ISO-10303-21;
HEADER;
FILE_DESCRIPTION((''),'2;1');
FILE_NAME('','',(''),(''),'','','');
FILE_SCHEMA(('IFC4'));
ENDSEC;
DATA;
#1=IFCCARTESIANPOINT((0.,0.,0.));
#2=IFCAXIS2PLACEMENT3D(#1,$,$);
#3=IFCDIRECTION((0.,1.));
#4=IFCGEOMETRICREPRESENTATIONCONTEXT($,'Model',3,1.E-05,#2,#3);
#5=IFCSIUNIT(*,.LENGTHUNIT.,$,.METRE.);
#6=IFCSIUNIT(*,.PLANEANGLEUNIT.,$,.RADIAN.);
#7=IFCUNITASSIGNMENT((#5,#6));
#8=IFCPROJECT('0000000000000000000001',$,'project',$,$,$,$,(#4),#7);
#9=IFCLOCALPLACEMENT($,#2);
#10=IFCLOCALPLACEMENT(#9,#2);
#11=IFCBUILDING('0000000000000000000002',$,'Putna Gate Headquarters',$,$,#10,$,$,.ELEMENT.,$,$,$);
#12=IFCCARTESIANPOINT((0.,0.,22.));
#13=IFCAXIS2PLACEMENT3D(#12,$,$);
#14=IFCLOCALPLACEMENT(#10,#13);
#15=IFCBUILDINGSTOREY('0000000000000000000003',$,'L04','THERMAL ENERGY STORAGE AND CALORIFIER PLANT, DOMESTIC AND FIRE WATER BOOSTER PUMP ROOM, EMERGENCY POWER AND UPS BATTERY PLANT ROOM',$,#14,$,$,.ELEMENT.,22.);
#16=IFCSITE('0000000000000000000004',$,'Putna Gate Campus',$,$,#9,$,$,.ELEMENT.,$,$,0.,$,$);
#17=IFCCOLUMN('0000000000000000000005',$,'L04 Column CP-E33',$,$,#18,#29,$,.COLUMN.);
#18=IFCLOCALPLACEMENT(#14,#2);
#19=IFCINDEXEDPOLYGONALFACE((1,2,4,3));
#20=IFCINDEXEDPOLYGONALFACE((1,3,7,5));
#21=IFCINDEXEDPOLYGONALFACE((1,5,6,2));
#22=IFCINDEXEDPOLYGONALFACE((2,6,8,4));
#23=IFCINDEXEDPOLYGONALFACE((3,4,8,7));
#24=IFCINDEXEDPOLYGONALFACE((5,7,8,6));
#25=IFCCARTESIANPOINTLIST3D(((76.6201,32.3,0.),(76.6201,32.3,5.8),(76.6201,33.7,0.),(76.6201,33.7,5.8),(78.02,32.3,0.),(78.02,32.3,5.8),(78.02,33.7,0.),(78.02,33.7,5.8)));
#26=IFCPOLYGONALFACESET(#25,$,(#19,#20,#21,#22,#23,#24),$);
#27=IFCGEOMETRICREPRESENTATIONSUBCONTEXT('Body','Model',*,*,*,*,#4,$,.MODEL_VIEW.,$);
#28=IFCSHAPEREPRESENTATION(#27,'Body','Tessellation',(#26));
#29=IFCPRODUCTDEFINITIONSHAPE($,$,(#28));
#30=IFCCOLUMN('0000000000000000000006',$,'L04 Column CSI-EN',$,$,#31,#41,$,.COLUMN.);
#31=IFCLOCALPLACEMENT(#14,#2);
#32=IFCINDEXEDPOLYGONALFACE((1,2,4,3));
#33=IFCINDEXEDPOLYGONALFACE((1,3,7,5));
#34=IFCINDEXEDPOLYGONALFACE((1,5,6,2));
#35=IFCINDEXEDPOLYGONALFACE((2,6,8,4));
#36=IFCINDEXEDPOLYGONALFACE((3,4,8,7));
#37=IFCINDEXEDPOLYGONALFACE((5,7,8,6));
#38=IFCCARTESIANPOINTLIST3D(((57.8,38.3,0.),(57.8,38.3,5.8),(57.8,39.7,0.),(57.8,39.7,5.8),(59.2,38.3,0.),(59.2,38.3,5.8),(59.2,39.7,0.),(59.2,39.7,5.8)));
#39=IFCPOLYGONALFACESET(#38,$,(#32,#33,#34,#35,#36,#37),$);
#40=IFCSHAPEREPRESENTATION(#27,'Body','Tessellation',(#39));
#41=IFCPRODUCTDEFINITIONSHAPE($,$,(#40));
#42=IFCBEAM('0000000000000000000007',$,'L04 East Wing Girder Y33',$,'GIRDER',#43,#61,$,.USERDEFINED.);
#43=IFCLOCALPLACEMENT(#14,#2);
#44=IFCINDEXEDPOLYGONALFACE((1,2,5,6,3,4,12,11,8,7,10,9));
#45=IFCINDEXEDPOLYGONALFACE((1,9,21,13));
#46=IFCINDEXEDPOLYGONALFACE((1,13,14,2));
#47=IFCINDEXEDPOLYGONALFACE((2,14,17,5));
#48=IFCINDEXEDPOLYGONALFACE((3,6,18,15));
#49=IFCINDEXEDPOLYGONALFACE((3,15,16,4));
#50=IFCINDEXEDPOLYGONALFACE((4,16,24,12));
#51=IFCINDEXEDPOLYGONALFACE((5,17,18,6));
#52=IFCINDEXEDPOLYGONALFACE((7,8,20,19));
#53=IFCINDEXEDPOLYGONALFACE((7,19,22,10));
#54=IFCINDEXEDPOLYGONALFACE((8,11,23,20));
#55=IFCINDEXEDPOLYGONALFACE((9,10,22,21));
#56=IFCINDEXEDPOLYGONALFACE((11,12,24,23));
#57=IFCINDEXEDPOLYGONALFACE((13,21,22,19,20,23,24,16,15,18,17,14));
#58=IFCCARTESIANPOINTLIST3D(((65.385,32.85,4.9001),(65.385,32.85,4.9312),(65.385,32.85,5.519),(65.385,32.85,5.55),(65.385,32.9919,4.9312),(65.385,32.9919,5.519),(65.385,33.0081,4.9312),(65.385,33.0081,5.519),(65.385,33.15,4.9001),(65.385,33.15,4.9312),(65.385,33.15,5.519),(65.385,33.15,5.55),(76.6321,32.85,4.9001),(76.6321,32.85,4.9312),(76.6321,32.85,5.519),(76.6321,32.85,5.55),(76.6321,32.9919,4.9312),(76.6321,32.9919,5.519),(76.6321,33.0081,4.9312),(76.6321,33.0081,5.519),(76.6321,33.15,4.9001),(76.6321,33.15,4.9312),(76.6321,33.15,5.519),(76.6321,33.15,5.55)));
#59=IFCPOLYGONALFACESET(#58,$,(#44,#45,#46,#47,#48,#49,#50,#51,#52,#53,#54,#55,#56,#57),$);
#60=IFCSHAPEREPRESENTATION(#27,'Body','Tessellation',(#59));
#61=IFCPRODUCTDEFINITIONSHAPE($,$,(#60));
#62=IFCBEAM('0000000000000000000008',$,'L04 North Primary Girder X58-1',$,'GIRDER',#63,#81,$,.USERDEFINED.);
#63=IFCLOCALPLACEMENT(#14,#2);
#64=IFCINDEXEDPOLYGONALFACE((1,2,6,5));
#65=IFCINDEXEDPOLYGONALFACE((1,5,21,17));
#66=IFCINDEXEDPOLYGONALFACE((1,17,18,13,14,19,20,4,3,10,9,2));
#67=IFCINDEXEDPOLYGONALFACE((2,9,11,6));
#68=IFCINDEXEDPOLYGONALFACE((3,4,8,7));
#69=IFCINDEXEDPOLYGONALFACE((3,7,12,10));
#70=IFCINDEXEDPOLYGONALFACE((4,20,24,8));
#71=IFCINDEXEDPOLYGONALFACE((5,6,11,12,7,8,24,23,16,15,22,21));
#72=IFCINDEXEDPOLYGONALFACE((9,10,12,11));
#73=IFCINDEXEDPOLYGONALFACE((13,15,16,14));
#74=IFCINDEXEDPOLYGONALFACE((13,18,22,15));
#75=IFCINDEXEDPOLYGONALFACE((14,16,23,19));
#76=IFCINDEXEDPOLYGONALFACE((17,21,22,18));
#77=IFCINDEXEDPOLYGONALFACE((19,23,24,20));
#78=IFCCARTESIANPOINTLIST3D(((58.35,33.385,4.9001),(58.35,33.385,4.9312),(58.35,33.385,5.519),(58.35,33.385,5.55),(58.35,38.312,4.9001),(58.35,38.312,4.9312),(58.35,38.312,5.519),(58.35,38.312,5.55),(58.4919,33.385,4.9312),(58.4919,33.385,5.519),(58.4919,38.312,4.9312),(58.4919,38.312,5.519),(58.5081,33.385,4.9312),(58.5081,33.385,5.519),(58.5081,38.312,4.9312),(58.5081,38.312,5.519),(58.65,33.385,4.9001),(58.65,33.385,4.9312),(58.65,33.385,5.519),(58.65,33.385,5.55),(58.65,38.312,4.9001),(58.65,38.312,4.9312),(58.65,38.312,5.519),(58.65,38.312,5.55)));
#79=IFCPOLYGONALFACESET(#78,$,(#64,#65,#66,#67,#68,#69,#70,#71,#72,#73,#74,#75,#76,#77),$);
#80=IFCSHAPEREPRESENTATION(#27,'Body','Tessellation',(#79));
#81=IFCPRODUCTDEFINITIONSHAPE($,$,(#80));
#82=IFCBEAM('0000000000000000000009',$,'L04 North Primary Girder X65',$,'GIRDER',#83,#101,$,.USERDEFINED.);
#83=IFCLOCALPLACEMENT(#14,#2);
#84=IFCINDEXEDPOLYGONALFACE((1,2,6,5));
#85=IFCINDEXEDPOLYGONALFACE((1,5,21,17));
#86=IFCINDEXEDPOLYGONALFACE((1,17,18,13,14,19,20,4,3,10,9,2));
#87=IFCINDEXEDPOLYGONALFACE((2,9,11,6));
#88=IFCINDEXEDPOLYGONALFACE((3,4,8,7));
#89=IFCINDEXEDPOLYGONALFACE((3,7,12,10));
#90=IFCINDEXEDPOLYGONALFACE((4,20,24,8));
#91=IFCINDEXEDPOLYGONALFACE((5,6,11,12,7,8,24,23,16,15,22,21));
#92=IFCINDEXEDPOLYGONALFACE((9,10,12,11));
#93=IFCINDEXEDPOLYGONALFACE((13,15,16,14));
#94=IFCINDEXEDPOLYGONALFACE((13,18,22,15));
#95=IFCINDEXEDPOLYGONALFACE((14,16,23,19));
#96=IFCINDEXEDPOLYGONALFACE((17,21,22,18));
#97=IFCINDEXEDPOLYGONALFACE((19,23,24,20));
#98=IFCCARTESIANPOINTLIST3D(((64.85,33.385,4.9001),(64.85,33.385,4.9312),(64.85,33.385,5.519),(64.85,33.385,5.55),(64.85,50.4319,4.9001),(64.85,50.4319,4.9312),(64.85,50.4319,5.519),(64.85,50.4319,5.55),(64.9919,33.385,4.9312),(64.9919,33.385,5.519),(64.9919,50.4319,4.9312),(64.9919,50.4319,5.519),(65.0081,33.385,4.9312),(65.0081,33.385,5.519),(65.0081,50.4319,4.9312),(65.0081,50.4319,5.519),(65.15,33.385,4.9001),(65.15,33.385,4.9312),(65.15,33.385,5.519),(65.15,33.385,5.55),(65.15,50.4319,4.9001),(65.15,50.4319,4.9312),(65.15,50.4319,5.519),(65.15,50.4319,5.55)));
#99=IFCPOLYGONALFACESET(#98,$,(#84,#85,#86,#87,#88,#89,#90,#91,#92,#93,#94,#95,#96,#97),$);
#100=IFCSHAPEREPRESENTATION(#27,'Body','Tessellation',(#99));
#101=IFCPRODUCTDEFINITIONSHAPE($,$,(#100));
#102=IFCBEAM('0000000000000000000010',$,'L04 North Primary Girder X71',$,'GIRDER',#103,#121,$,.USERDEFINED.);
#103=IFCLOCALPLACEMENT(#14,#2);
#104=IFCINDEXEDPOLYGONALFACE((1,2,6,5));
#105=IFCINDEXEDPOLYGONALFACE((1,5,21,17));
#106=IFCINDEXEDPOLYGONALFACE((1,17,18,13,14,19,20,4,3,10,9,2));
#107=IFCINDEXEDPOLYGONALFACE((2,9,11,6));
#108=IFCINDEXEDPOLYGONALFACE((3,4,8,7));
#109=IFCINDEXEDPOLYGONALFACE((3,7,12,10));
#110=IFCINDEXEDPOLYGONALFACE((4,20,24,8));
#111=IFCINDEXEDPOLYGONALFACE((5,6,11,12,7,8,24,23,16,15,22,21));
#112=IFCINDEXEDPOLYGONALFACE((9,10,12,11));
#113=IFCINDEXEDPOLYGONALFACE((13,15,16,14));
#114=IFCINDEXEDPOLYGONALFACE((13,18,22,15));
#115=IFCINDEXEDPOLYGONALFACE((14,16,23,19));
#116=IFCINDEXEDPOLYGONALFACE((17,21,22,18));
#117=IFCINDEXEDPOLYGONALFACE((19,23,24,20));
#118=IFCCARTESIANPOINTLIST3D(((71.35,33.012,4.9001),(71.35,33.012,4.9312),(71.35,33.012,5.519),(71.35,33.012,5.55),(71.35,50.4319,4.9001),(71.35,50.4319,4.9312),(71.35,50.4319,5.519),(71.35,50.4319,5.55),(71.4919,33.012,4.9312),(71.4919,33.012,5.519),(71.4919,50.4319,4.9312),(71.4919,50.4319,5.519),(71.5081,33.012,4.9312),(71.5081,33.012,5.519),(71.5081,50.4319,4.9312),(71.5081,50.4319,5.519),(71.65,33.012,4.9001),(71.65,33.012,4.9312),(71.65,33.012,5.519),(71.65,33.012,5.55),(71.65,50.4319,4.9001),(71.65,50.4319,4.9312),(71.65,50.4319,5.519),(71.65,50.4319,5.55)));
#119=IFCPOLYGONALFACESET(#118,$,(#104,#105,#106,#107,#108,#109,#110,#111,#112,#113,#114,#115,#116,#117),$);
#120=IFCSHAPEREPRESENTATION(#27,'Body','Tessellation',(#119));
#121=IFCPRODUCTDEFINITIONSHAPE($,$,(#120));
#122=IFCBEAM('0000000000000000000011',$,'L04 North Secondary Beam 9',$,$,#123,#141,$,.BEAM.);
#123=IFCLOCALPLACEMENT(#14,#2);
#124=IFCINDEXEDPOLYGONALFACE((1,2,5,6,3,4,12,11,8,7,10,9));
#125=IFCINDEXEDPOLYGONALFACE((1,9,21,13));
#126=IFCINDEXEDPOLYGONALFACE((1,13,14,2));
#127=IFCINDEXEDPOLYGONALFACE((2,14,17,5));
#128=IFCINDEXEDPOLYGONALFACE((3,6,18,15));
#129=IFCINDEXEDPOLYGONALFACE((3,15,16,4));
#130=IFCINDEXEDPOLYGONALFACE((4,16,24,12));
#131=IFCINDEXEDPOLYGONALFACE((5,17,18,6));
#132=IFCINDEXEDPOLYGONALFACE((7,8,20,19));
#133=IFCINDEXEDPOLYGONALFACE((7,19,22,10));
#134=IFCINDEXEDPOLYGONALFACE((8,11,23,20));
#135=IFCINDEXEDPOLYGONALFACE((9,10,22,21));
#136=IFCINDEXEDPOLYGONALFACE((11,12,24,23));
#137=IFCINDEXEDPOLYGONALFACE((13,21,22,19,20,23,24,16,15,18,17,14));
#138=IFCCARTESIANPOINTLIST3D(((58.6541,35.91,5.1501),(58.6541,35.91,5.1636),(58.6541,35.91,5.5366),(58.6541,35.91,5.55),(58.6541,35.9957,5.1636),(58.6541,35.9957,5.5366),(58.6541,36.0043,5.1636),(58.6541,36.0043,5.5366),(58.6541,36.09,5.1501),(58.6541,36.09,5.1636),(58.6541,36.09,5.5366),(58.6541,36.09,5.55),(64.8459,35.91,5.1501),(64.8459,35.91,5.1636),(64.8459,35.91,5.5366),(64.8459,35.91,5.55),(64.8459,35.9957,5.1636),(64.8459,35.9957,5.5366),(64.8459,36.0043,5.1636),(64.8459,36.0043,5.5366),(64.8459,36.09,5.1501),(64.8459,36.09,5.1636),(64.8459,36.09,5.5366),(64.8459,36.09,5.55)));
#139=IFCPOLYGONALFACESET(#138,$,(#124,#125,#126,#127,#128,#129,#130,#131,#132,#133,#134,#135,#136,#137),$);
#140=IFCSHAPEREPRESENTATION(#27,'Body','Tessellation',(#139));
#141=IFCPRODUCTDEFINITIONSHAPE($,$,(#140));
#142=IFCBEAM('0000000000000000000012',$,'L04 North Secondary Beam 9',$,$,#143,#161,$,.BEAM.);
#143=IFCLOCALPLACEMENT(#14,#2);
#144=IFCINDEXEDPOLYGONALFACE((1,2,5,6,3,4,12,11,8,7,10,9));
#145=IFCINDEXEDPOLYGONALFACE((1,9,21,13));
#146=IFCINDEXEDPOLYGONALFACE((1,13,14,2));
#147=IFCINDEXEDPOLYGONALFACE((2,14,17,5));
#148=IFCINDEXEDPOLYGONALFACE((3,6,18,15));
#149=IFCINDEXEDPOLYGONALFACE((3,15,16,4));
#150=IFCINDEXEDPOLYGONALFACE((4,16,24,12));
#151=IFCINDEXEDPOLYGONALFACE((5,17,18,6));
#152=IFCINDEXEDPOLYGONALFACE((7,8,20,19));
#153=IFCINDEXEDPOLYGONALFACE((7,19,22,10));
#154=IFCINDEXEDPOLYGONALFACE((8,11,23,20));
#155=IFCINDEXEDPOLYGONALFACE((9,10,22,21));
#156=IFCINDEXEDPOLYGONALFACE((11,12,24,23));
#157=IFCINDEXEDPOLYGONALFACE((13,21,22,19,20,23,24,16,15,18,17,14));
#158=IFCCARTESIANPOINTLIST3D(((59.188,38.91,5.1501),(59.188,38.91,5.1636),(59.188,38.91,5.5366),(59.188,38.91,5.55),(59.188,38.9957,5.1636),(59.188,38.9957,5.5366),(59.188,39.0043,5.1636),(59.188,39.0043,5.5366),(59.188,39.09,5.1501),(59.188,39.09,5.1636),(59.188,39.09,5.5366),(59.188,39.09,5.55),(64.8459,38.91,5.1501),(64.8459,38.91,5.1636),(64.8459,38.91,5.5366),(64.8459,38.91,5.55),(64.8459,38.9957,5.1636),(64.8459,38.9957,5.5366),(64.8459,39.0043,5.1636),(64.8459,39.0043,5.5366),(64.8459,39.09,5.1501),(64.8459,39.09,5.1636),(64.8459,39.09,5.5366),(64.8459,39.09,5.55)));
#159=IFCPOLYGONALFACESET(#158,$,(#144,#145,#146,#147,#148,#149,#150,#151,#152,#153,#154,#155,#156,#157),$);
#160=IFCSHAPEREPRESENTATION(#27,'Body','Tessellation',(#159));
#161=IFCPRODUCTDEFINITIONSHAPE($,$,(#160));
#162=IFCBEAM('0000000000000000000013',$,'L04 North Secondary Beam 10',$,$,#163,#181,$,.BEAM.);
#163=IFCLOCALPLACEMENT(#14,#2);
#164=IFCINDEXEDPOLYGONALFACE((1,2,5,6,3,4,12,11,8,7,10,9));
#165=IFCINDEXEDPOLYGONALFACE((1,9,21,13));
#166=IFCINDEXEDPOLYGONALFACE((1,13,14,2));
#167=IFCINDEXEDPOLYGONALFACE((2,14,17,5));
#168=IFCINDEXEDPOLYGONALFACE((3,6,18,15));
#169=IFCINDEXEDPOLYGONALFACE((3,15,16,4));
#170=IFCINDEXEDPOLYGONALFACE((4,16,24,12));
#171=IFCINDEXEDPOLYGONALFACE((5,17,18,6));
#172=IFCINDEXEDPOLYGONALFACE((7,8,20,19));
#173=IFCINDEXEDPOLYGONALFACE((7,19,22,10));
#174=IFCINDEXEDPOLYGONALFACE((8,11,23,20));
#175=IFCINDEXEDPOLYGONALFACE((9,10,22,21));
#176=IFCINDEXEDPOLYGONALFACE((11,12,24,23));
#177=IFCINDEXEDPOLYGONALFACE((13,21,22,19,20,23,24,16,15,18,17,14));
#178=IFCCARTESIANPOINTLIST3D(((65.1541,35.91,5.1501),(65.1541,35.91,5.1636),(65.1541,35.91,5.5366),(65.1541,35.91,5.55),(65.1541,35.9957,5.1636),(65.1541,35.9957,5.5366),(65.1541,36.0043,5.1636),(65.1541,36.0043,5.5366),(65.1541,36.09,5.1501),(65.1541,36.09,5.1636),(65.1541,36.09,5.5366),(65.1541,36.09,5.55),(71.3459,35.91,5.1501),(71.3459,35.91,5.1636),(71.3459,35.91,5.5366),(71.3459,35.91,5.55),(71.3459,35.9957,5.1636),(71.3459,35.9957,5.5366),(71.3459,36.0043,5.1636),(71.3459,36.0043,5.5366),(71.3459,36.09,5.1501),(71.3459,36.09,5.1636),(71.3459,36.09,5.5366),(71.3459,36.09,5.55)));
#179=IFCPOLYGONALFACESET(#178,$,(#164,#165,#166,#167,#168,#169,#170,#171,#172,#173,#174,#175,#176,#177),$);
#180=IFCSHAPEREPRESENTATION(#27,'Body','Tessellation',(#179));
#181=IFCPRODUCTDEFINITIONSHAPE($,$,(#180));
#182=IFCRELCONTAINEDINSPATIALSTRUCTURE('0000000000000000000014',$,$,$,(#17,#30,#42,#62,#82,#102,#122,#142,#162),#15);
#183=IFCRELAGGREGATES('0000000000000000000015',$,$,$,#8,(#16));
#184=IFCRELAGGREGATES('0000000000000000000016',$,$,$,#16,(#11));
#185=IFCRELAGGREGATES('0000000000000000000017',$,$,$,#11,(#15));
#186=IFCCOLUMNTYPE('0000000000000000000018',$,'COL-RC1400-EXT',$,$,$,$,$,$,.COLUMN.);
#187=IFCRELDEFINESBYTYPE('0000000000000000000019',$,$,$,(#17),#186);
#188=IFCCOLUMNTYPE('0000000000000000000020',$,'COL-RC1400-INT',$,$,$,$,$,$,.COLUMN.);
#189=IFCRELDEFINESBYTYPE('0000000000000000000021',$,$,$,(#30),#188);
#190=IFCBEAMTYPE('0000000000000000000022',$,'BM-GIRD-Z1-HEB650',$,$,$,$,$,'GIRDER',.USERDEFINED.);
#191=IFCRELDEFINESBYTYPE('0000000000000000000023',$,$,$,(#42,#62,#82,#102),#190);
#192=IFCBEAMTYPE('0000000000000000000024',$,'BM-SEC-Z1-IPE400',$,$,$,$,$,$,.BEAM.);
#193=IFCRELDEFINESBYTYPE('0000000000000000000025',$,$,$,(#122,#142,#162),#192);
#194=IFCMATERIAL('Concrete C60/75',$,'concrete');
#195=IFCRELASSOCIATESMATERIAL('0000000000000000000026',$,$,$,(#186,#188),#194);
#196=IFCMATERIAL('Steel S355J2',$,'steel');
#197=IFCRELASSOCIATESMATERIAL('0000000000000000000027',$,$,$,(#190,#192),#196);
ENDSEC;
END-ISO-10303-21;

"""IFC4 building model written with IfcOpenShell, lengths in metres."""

from ifc_helpers import new_model, si_unit, direction, frame, origin, origin_2d, place, context, subcontext, project, spatial, rectangle, i_section, extrude, material, material_profile, profile_set, type_object, element, save


model = new_model("IFC4")

# Units and contexts
model_context = context("Model", 3, precision=1e-05, world=origin(), true_north=direction((0.0, 1.0)))
body_context = subcontext(model_context, "Body", "Model", "MODEL_VIEW")
ifc_project = project(units=[si_unit("LENGTHUNIT", "METRE"), si_unit("PLANEANGLEUNIT", "RADIAN")], contexts=[model_context])

# Site, building, storey
site_placement = place(None, origin())
site = spatial("IfcSite", under=ifc_project, at=site_placement, Name="Putna Gate Campus", CompositionType="ELEMENT", RefElevation=0.0)
building_placement = place(site_placement, origin())
building = spatial("IfcBuilding", under=site, at=building_placement, Name="Putna Gate Headquarters", CompositionType="ELEMENT")
storey_placement = place(building_placement, frame((0.0, 0.0, 22.0)))
storey = spatial("IfcBuildingStorey", under=building, at=storey_placement, Name="L04", Description="THERMAL ENERGY STORAGE AND CALORIFIER PLANT, DOMESTIC AND FIRE WATER BOOSTER PUMP ROOM, EMERGENCY POWER AND UPS BATTERY PLANT ROOM", CompositionType="ELEMENT", Elevation=22.0)

# Columns
ifc_material_1 = material(Name="Concrete C60/75", Category="concrete")
ifc_material_profile_1 = material_profile(ifc_material_1, rectangle(XDim=1.3999, YDim=1.3999, at=origin_2d()), Name="Concrete C60/75")
ifc_profile_set_1 = profile_set([ifc_material_profile_1], Name="Concrete C60/75")
column_type_1 = type_object("IfcColumnType", Name="COL-RC1400-EXT", PredefinedType="COLUMN", material=ifc_profile_set_1)
column_1_placement = place(storey_placement, frame((77.3201, 33.0, 0.0), z_axis=(0.0, 0.0, 1.0), x_axis=(1.0, 0.0, 0.0)))
element("IfcColumn", 1, at=column_1_placement, inside=storey, type_object=column_type_1, Name="L04 Column CP-E33", PredefinedType="COLUMN", context=body_context, shape_type="SweptSolid", body=[
    extrude(rectangle(XDim=1.3999, YDim=1.3999, at=origin_2d()), origin(), (0.0, 0.0, 1.0), 5.8),
])
ifc_material_profile_2 = material_profile(ifc_material_1, rectangle(XDim=1.3999, YDim=1.3999, at=origin_2d()), Name="Concrete C60/75")
ifc_profile_set_2 = profile_set([ifc_material_profile_2], Name="Concrete C60/75")
column_type_2 = type_object("IfcColumnType", Name="COL-RC1400-INT", PredefinedType="COLUMN", material=ifc_profile_set_2)
column_2_placement = place(storey_placement, frame((58.5, 39.0, 0.0), z_axis=(0.0, 0.0, 1.0), x_axis=(1.0, 0.0, 0.0)))
element("IfcColumn", 2, at=column_2_placement, inside=storey, type_object=column_type_2, Name="L04 Column CSI-EN", PredefinedType="COLUMN", context=body_context, shape_type="SweptSolid", body=[
    extrude(rectangle(XDim=1.3999, YDim=1.3999, at=origin_2d()), origin(), (0.0, 0.0, 1.0), 5.8),
])

# Beams
ifc_material_2 = material(Name="Steel S355J2", Category="steel")
ifc_material_profile_3 = material_profile(ifc_material_2, i_section(OverallWidth=0.3, OverallDepth=0.6499, WebThickness=0.0161, FlangeThickness=0.031, at=origin_2d()), Name="Steel S355J2")
ifc_profile_set_3 = profile_set([ifc_material_profile_3], Name="Steel S355J2")
beam_type_1 = type_object("IfcBeamType", Name="BM-GIRD-Z1-HEB650", ElementType="GIRDER", PredefinedType="USERDEFINED", material=ifc_profile_set_3)
beam_1_placement = place(storey_placement, frame((65.385, 33.0, 5.2251), z_axis=(1.0, 0.0, 0.0), x_axis=(0.0, 1.0, 0.0)))
element("IfcBeam", 3, at=beam_1_placement, inside=storey, type_object=beam_type_1, Name="L04 East Wing Girder Y33", ObjectType="GIRDER", PredefinedType="USERDEFINED", context=body_context, shape_type="SweptSolid", body=[
    extrude(i_section(OverallWidth=0.3, OverallDepth=0.6499, WebThickness=0.0161, FlangeThickness=0.031, at=origin_2d()), origin(), (0.0, 0.0, 1.0), 11.2471),
])
beam_2_placement = place(storey_placement, frame((58.5, 33.385, 5.2251), z_axis=(0.0, 1.0, 0.0), x_axis=(-1.0, 0.0, 0.0)))
element("IfcBeam", 4, at=beam_2_placement, inside=storey, type_object=beam_type_1, Name="L04 North Primary Girder X58-1", ObjectType="GIRDER", PredefinedType="USERDEFINED", context=body_context, shape_type="SweptSolid", body=[
    extrude(i_section(OverallWidth=0.3, OverallDepth=0.6499, WebThickness=0.0161, FlangeThickness=0.031, at=origin_2d()), origin(), (0.0, 0.0, 1.0), 4.927),
])
beam_3_placement = place(storey_placement, frame((65.0, 33.385, 5.2251), z_axis=(0.0, 1.0, 0.0), x_axis=(-1.0, 0.0, 0.0)))
element("IfcBeam", 5, at=beam_3_placement, inside=storey, type_object=beam_type_1, Name="L04 North Primary Girder X65", ObjectType="GIRDER", PredefinedType="USERDEFINED", context=body_context, shape_type="SweptSolid", body=[
    extrude(i_section(OverallWidth=0.3, OverallDepth=0.6499, WebThickness=0.0161, FlangeThickness=0.031, at=origin_2d()), origin(), (0.0, 0.0, 1.0), 17.0469),
])
beam_4_placement = place(storey_placement, frame((71.5, 33.012, 5.2251), z_axis=(0.0, 1.0, 0.0), x_axis=(-1.0, 0.0, 0.0)))
element("IfcBeam", 6, at=beam_4_placement, inside=storey, type_object=beam_type_1, Name="L04 North Primary Girder X71", ObjectType="GIRDER", PredefinedType="USERDEFINED", context=body_context, shape_type="SweptSolid", body=[
    extrude(i_section(OverallWidth=0.3, OverallDepth=0.6499, WebThickness=0.0161, FlangeThickness=0.031, at=origin_2d()), origin(), (0.0, 0.0, 1.0), 17.4199),
])
ifc_material_profile_4 = material_profile(ifc_material_2, i_section(OverallWidth=0.1799, OverallDepth=0.3999, WebThickness=0.0085, FlangeThickness=0.0134, at=origin_2d()), Name="Steel S355J2")
ifc_profile_set_4 = profile_set([ifc_material_profile_4], Name="Steel S355J2")
beam_type_2 = type_object("IfcBeamType", Name="BM-SEC-Z1-IPE400", PredefinedType="BEAM", material=ifc_profile_set_4)
beam_5_placement = place(storey_placement, frame((58.6541, 36.0, 5.3501), z_axis=(1.0, 0.0, 0.0), x_axis=(0.0, 1.0, 0.0)))
element("IfcBeam", 7, at=beam_5_placement, inside=storey, type_object=beam_type_2, Name="L04 North Secondary Beam 9", PredefinedType="BEAM", context=body_context, shape_type="SweptSolid", body=[
    extrude(i_section(OverallWidth=0.1799, OverallDepth=0.3999, WebThickness=0.0085, FlangeThickness=0.0134, at=origin_2d()), origin(), (0.0, 0.0, 1.0), 6.1919),
])
beam_6_placement = place(storey_placement, frame((59.188, 39.0, 5.3501), z_axis=(1.0, 0.0, 0.0), x_axis=(0.0, 1.0, 0.0)))
element("IfcBeam", 8, at=beam_6_placement, inside=storey, type_object=beam_type_2, Name="L04 North Secondary Beam 9", PredefinedType="BEAM", context=body_context, shape_type="SweptSolid", body=[
    extrude(i_section(OverallWidth=0.1799, OverallDepth=0.3999, WebThickness=0.0085, FlangeThickness=0.0134, at=origin_2d()), origin(), (0.0, 0.0, 1.0), 5.658),
])
beam_7_placement = place(storey_placement, frame((65.1541, 36.0, 5.3501), z_axis=(1.0, 0.0, 0.0), x_axis=(0.0, 1.0, 0.0)))
element("IfcBeam", 9, at=beam_7_placement, inside=storey, type_object=beam_type_2, Name="L04 North Secondary Beam 10", PredefinedType="BEAM", context=body_context, shape_type="SweptSolid", body=[
    extrude(i_section(OverallWidth=0.1799, OverallDepth=0.3999, WebThickness=0.0085, FlangeThickness=0.0134, at=origin_2d()), origin(), (0.0, 0.0, 1.0), 6.1919),
])

save(model, "model.ifc")
